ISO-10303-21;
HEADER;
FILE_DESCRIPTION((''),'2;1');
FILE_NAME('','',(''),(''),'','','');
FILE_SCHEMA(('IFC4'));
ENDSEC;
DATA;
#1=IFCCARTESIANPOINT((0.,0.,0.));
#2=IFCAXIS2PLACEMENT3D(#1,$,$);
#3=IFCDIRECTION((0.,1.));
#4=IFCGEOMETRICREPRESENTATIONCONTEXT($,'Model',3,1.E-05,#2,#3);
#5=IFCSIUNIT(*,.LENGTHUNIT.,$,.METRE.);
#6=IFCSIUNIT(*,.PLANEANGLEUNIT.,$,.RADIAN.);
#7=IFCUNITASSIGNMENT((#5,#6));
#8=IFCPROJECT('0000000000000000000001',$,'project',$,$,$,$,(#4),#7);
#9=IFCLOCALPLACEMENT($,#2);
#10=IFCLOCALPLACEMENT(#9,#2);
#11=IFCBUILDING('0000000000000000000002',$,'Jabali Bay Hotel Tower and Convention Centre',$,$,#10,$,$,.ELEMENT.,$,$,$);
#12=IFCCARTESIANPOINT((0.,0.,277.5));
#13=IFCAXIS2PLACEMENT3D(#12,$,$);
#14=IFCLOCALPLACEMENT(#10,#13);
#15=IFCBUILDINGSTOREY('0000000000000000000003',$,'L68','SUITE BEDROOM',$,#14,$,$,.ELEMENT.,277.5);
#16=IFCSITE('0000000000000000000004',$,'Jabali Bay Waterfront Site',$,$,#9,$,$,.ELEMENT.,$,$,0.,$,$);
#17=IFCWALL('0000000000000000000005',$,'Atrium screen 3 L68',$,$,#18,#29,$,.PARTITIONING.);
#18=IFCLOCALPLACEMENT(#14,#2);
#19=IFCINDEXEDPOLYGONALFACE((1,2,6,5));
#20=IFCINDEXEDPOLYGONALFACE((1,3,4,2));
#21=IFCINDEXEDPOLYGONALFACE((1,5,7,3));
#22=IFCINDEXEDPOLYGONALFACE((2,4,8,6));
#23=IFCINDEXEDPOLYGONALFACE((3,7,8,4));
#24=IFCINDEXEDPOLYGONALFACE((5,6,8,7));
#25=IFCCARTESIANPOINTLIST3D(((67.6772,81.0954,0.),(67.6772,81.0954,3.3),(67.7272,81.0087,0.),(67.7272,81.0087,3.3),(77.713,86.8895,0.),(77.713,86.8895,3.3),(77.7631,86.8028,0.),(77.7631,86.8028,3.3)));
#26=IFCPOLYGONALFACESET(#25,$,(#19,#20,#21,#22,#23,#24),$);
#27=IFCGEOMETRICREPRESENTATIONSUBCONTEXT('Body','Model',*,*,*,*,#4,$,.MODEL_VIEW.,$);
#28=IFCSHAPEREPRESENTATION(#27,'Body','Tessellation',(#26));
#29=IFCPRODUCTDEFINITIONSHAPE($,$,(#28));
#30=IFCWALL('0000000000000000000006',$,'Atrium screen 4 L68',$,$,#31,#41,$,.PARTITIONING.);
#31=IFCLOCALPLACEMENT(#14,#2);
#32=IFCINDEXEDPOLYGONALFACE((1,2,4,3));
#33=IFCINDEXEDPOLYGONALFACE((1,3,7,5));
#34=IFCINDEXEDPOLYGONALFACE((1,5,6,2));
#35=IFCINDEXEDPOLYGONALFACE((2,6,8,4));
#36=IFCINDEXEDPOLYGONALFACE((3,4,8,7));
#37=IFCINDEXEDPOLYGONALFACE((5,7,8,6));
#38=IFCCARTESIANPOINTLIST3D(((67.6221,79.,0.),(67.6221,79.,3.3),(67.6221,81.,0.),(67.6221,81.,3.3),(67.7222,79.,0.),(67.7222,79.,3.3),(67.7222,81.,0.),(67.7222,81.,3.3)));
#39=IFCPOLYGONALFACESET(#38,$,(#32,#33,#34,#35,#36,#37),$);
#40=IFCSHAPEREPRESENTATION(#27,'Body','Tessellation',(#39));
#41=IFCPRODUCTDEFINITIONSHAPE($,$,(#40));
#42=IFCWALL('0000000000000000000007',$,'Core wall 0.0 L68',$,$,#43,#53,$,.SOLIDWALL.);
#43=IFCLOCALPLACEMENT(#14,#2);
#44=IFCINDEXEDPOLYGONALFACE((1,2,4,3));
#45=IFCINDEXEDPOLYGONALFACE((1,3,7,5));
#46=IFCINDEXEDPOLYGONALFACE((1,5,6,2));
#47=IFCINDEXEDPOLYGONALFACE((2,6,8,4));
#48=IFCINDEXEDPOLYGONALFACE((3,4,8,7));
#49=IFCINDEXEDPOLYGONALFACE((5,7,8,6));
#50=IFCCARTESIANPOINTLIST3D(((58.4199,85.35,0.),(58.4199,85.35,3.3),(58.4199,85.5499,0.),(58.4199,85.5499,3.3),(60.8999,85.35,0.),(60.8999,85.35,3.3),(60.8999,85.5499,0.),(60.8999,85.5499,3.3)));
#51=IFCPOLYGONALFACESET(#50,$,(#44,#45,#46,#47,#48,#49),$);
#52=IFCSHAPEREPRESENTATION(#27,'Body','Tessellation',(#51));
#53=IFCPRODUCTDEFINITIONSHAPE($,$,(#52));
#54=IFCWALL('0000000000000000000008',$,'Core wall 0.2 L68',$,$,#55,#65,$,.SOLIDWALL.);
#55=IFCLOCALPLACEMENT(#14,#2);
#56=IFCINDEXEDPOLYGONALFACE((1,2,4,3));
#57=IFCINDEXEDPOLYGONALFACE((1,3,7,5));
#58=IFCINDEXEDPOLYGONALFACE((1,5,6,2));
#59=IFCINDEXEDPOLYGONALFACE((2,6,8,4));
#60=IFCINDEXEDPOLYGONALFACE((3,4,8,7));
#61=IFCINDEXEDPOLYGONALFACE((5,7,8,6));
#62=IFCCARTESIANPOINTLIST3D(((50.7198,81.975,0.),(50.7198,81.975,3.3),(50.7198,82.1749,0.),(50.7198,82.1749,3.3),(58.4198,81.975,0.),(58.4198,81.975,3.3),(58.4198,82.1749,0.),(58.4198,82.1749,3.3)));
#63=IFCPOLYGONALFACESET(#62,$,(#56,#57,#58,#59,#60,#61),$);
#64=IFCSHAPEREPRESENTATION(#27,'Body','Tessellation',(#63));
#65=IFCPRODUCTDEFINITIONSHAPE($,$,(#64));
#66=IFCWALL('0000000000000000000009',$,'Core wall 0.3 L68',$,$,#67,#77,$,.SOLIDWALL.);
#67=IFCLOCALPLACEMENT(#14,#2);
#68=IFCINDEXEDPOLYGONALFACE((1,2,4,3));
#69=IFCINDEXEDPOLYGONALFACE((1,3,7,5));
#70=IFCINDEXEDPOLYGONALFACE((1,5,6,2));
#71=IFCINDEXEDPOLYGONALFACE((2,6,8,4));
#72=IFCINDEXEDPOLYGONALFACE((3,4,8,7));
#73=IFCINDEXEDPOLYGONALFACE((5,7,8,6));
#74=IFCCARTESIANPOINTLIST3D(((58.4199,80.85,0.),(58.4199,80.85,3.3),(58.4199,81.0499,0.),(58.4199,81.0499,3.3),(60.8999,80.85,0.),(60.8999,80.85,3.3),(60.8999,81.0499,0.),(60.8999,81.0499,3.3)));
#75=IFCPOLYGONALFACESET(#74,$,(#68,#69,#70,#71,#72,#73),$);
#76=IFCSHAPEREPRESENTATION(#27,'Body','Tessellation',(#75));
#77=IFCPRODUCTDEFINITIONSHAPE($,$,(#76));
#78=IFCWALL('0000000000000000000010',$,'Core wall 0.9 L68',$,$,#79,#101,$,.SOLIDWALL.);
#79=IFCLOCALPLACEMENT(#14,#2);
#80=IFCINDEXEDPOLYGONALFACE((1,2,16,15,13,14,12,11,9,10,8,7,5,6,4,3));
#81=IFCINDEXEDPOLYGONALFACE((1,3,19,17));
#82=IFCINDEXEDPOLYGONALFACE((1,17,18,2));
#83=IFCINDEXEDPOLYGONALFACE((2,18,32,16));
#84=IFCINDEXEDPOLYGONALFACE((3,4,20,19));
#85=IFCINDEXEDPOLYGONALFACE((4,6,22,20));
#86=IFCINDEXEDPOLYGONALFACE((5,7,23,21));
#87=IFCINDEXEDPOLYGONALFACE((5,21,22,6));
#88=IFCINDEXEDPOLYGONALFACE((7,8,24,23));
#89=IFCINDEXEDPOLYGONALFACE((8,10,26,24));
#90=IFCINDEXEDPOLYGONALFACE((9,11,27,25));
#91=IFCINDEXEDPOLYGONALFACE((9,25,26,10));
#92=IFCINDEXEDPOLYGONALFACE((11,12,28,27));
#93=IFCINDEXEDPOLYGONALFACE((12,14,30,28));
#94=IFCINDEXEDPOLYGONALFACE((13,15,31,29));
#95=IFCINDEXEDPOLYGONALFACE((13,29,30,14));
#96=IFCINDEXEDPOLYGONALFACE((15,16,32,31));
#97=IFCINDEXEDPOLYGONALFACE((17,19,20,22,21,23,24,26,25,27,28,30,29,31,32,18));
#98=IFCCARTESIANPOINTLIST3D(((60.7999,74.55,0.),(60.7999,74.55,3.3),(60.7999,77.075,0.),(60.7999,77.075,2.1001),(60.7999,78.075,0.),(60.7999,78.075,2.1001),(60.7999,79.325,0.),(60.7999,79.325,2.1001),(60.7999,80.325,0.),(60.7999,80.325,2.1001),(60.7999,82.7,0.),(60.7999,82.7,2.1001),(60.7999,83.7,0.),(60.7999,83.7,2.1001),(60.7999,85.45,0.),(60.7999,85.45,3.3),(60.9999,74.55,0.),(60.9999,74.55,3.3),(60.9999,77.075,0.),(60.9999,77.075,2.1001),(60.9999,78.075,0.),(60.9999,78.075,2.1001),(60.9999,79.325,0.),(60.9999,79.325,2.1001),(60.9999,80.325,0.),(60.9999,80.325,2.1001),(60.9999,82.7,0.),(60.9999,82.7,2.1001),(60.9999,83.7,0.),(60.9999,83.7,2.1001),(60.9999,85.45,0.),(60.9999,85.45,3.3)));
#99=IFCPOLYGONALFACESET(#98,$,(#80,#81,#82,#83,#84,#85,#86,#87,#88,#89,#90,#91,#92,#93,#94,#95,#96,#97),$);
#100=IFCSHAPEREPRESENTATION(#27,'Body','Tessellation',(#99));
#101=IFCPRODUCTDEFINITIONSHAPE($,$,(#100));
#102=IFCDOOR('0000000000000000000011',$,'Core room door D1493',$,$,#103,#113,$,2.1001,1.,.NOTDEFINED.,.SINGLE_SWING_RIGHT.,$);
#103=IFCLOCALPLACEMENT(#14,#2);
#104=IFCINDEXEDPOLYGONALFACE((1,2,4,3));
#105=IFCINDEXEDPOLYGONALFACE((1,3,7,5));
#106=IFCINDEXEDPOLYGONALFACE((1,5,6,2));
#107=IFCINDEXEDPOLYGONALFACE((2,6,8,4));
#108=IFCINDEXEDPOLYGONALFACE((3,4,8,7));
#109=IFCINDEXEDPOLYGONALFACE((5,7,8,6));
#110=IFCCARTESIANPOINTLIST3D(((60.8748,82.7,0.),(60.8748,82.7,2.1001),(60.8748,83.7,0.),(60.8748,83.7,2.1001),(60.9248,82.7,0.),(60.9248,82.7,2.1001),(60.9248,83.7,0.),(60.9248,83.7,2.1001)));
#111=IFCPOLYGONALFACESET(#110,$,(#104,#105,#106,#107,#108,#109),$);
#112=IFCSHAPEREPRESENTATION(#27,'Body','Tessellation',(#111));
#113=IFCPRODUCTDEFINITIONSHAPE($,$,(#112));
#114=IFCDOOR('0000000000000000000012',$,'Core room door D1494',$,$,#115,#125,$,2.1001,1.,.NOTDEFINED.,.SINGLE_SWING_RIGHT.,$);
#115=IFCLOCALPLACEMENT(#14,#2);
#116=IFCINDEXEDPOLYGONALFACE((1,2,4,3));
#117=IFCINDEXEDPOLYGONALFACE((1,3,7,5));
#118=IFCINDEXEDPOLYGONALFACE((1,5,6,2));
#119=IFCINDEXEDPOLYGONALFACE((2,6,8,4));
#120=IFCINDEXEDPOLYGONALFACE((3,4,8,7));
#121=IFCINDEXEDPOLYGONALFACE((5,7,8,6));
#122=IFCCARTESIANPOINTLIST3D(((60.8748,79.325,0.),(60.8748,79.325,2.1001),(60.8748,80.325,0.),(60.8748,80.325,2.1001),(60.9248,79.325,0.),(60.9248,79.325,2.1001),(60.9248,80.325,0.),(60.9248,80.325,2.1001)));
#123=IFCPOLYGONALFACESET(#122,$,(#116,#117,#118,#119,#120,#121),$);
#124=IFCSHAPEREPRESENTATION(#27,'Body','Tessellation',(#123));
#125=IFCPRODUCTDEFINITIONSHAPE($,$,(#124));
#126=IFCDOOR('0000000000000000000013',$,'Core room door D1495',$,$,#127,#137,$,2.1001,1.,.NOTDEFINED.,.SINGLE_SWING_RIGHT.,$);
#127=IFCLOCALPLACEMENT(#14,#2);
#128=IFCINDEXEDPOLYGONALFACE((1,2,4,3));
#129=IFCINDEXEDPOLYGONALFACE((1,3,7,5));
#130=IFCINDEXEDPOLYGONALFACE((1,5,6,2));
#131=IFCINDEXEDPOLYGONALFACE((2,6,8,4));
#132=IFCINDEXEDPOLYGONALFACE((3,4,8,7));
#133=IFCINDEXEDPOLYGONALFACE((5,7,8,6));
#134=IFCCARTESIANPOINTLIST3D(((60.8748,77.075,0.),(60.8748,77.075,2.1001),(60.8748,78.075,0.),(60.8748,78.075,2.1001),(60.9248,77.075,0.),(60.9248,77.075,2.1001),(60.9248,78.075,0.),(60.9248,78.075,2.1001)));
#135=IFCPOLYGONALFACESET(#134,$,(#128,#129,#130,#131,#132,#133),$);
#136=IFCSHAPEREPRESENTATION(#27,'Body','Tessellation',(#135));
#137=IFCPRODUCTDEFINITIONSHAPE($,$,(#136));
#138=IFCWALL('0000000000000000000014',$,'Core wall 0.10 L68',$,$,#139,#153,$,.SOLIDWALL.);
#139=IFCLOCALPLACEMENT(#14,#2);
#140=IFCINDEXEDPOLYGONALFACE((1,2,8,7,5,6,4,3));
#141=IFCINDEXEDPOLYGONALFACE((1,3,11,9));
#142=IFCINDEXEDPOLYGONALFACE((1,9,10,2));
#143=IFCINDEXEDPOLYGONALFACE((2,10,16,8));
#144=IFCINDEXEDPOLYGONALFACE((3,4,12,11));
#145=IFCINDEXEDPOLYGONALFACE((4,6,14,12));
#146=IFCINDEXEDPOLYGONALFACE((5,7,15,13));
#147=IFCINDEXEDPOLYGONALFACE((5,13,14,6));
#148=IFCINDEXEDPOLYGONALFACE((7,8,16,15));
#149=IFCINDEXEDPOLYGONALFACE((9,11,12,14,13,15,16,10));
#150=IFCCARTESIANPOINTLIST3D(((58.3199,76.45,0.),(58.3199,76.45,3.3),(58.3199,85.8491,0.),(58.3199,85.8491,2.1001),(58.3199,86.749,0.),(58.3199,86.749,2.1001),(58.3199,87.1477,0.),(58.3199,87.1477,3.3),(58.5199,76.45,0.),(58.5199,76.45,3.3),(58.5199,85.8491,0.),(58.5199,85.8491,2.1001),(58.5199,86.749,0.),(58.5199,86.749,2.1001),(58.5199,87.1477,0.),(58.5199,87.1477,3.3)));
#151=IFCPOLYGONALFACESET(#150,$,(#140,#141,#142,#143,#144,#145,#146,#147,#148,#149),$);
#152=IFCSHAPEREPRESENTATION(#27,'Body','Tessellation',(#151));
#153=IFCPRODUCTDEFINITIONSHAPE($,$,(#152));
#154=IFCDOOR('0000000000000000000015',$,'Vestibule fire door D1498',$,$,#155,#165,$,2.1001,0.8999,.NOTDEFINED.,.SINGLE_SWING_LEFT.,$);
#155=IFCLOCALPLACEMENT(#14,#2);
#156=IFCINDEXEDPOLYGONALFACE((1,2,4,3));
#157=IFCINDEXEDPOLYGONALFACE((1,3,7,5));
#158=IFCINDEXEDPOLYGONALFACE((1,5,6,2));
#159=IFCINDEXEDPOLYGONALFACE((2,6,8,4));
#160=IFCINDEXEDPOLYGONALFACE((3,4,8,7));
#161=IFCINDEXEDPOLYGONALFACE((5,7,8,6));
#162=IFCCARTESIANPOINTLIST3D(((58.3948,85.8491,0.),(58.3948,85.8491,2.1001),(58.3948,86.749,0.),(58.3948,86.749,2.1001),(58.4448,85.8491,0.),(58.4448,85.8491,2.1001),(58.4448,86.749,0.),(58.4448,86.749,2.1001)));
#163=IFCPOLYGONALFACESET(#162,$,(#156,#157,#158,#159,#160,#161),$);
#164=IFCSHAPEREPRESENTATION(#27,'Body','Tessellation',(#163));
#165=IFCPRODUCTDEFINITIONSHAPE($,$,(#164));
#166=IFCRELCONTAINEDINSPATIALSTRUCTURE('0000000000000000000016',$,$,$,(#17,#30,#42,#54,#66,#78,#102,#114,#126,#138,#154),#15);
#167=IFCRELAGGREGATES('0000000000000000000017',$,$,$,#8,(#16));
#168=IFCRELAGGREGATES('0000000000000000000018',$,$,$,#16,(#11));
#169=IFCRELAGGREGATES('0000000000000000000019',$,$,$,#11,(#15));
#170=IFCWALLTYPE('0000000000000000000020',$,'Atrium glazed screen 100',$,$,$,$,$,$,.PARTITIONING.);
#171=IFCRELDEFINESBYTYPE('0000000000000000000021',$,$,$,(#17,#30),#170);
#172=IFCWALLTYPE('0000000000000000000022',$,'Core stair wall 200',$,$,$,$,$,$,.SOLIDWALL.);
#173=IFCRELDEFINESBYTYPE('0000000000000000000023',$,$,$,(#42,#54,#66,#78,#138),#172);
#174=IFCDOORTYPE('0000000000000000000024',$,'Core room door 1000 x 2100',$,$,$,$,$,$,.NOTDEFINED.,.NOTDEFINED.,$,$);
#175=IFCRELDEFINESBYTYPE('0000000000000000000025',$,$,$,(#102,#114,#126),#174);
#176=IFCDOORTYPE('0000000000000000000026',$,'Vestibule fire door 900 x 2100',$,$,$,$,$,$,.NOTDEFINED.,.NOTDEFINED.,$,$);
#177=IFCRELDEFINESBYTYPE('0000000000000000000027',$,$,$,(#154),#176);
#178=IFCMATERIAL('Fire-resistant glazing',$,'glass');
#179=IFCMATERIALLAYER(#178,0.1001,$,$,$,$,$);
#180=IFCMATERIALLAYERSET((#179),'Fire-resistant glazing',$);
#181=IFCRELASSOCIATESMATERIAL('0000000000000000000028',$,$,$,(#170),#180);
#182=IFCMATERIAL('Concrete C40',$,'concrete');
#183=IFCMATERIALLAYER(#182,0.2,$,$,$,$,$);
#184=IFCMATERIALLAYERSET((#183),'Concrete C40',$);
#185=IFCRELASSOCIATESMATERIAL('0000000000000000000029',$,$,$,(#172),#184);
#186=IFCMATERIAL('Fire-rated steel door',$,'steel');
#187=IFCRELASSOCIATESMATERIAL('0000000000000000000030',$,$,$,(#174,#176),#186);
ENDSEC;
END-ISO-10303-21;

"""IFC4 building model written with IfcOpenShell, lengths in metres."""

from ifc_helpers import new_model, si_unit, direction, frame, frame_2d, origin, place, context, subcontext, project, spatial, rectangle, extrude, material, layer, layer_set, type_object, element, fill, save


model = new_model("IFC4")

# Units and contexts
model_context = context("Model", 3, precision=1e-05, world=origin(), true_north=direction((0.0, 1.0)))
body_context = subcontext(model_context, "Body", "Model", "MODEL_VIEW")
ifc_project = project(units=[si_unit("LENGTHUNIT", "METRE"), si_unit("PLANEANGLEUNIT", "RADIAN")], contexts=[model_context])

# Site, building, storey
site_placement = place(None, origin())
site = spatial("IfcSite", under=ifc_project, at=site_placement, Name="Jabali Bay Waterfront Site", CompositionType="ELEMENT", RefElevation=0.0)
building_placement = place(site_placement, origin())
building = spatial("IfcBuilding", under=site, at=building_placement, Name="Jabali Bay Hotel Tower and Convention Centre", CompositionType="ELEMENT")
storey_placement = place(building_placement, frame((0.0, 0.0, 277.5)))
storey = spatial("IfcBuildingStorey", under=building, at=storey_placement, Name="L68", Description="SUITE BEDROOM", CompositionType="ELEMENT", Elevation=277.5)

# Walls
ifc_material_1 = material(Name="Fire-resistant glazing", Category="glass")
ifc_layer_1 = layer(ifc_material_1, 0.1001)
ifc_layer_set_1 = layer_set([ifc_layer_1], Name="Fire-resistant glazing")
wall_type_1 = type_object("IfcWallType", Name="Atrium glazed screen 100", PredefinedType="PARTITIONING", material=ifc_layer_set_1)
wall_1_placement = place(storey_placement, frame((77.738, 86.8462, 0.0), z_axis=(0.0, 0.0, 1.0), x_axis=(-0.866027, -0.499998, 0.0)))
element("IfcWall", 1, at=wall_1_placement, inside=storey, type_object=wall_type_1, Name="Atrium screen 3 L68", PredefinedType="PARTITIONING", context=body_context, shape_type="SweptSolid", body=[
    extrude(rectangle(XDim=11.5884, YDim=0.1001, at=frame_2d((5.7942, 0.0))), origin(), (0.0, 0.0, 1.0), 3.3),
])
wall_2_placement = place(storey_placement, frame((67.6721, 81.0, 0.0), z_axis=(0.0, 0.0, 1.0), x_axis=(0.0, -1.0, 0.0)))
element("IfcWall", 2, at=wall_2_placement, inside=storey, type_object=wall_type_1, Name="Atrium screen 4 L68", PredefinedType="PARTITIONING", context=body_context, shape_type="SweptSolid", body=[
    extrude(rectangle(XDim=2.0, YDim=0.1001, at=frame_2d((1.0, 0.0))), origin(), (0.0, 0.0, 1.0), 3.3),
])
ifc_material_2 = material(Name="Concrete C40", Category="concrete")
ifc_layer_2 = layer(ifc_material_2, 0.2)
ifc_layer_set_2 = layer_set([ifc_layer_2], Name="Concrete C40")
wall_type_2 = type_object("IfcWallType", Name="Core stair wall 200", PredefinedType="SOLIDWALL", material=ifc_layer_set_2)
wall_3_placement = place(storey_placement, frame((60.8999, 85.45, 0.0), z_axis=(0.0, 0.0, 1.0), x_axis=(-1.0, 0.0, 0.0)))
element("IfcWall", 3, at=wall_3_placement, inside=storey, type_object=wall_type_2, Name="Core wall 0.0 L68", PredefinedType="SOLIDWALL", context=body_context, shape_type="SweptSolid", body=[
    extrude(rectangle(XDim=2.48, YDim=0.2, at=frame_2d((1.24, 0.0))), origin(), (0.0, 0.0, 1.0), 3.3),
])
wall_4_placement = place(storey_placement, frame((58.4199, 82.075, 0.0), z_axis=(0.0, 0.0, 1.0), x_axis=(-1.0, 0.0, 0.0)))
element("IfcWall", 4, at=wall_4_placement, inside=storey, type_object=wall_type_2, Name="Core wall 0.2 L68", PredefinedType="SOLIDWALL", context=body_context, shape_type="SweptSolid", body=[
    extrude(rectangle(XDim=7.7, YDim=0.2, at=frame_2d((3.8501, 0.0))), origin(), (0.0, 0.0, 1.0), 3.3),
])
wall_5_placement = place(storey_placement, frame((60.8999, 80.95, 0.0), z_axis=(0.0, 0.0, 1.0), x_axis=(-1.0, 0.0, 0.0)))
element("IfcWall", 5, at=wall_5_placement, inside=storey, type_object=wall_type_2, Name="Core wall 0.3 L68", PredefinedType="SOLIDWALL", context=body_context, shape_type="SweptSolid", body=[
    extrude(rectangle(XDim=2.48, YDim=0.2, at=frame_2d((1.24, 0.0))), origin(), (0.0, 0.0, 1.0), 3.3),
])

# Wall, openings, doors
wall_6_placement = place(storey_placement, frame((60.8999, 85.45, 0.0), z_axis=(0.0, 0.0, 1.0), x_axis=(0.0, -1.0, 0.0)))
wall_6 = element("IfcWall", 6, at=wall_6_placement, inside=storey, type_object=wall_type_2, Name="Core wall 0.9 L68", PredefinedType="SOLIDWALL", context=body_context, shape_type="SweptSolid", body=[
    extrude(rectangle(XDim=10.8999, YDim=0.2, at=frame_2d((5.45, 0.0))), origin(), (0.0, 0.0, 1.0), 3.3),
])
opening_1_placement = place(wall_6_placement, frame((1.75, 0.0, 0.0)))
opening_1 = element("IfcOpeningElement", 7, at=opening_1_placement, cuts=wall_6, PredefinedType="OPENING", context=body_context, shape_type="SweptSolid", body=[
    extrude(rectangle(XDim=1.0, YDim=2.1001, at=frame_2d((0.5, 1.05))), frame((0.0, 0.1104, 0.0), z_axis=(0.0, -1.0, 0.0), x_axis=(1.0, 0.0, 0.0)), (0.0, 0.0, 1.0), 0.2209),
])
opening_2_placement = place(wall_6_placement, frame((5.125, 0.0, 0.0)))
opening_2 = element("IfcOpeningElement", 8, at=opening_2_placement, cuts=wall_6, PredefinedType="OPENING", context=body_context, shape_type="SweptSolid", body=[
    extrude(rectangle(XDim=1.0, YDim=2.1001, at=frame_2d((0.5, 1.05))), frame((0.0, 0.1104, 0.0), z_axis=(0.0, -1.0, 0.0), x_axis=(1.0, 0.0, 0.0)), (0.0, 0.0, 1.0), 0.2209),
])
opening_3_placement = place(wall_6_placement, frame((7.375, 0.0, 0.0)))
opening_3 = element("IfcOpeningElement", 9, at=opening_3_placement, cuts=wall_6, PredefinedType="OPENING", context=body_context, shape_type="SweptSolid", body=[
    extrude(rectangle(XDim=1.0, YDim=2.1001, at=frame_2d((0.5, 1.05))), frame((0.0, 0.1104, 0.0), z_axis=(0.0, -1.0, 0.0), x_axis=(1.0, 0.0, 0.0)), (0.0, 0.0, 1.0), 0.2209),
])
ifc_material_3 = material(Name="Fire-rated steel door", Category="steel")
door_type_1 = type_object("IfcDoorType", Name="Core room door 1000 x 2100", OperationType="NOTDEFINED", PredefinedType="NOTDEFINED", material=ifc_material_3)
door_1_placement = place(opening_1_placement, origin())
door_1 = element("IfcDoor", 10, at=door_1_placement, inside=storey, type_object=door_type_1, Name="Core room door D1493", OperationType="SINGLE_SWING_RIGHT", OverallHeight=2.1001, OverallWidth=1.0, PredefinedType="NOTDEFINED", context=body_context, shape_type="SweptSolid", body=[
    extrude(rectangle(XDim=1.0, YDim=2.1001, at=frame_2d((0.5, 1.05))), frame((0.0, 0.0249, 0.0), z_axis=(0.0, -1.0, 0.0), x_axis=(1.0, 0.0, 0.0)), (0.0, 0.0, 1.0), 0.05),
])
fill(opening_1, door_1)
door_2_placement = place(opening_2_placement, origin())
door_2 = element("IfcDoor", 11, at=door_2_placement, inside=storey, type_object=door_type_1, Name="Core room door D1494", OperationType="SINGLE_SWING_RIGHT", OverallHeight=2.1001, OverallWidth=1.0, PredefinedType="NOTDEFINED", context=body_context, shape_type="SweptSolid", body=[
    extrude(rectangle(XDim=1.0, YDim=2.1001, at=frame_2d((0.5, 1.05))), frame((0.0, 0.0249, 0.0), z_axis=(0.0, -1.0, 0.0), x_axis=(1.0, 0.0, 0.0)), (0.0, 0.0, 1.0), 0.05),
])
fill(opening_2, door_2)
door_3_placement = place(opening_3_placement, origin())
door_3 = element("IfcDoor", 12, at=door_3_placement, inside=storey, type_object=door_type_1, Name="Core room door D1495", OperationType="SINGLE_SWING_RIGHT", OverallHeight=2.1001, OverallWidth=1.0, PredefinedType="NOTDEFINED", context=body_context, shape_type="SweptSolid", body=[
    extrude(rectangle(XDim=1.0, YDim=2.1001, at=frame_2d((0.5, 1.05))), frame((0.0, 0.0249, 0.0), z_axis=(0.0, -1.0, 0.0), x_axis=(1.0, 0.0, 0.0)), (0.0, 0.0, 1.0), 0.05),
])
fill(opening_3, door_3)

# Wall, opening, door
wall_7_placement = place(storey_placement, frame((58.4199, 87.1477, 0.0), z_axis=(0.0, 0.0, 1.0), x_axis=(0.0, -1.0, 0.0)))
wall_7 = element("IfcWall", 13, at=wall_7_placement, inside=storey, type_object=wall_type_2, Name="Core wall 0.10 L68", PredefinedType="SOLIDWALL", context=body_context, shape_type="SweptSolid", body=[
    extrude(rectangle(XDim=10.6978, YDim=0.2, at=frame_2d((5.3489, 0.0))), origin(), (0.0, 0.0, 1.0), 3.3),
])
opening_4_placement = place(wall_7_placement, frame((0.3987, 0.0, 0.0)))
opening_4 = element("IfcOpeningElement", 14, at=opening_4_placement, cuts=wall_7, PredefinedType="OPENING", context=body_context, shape_type="SweptSolid", body=[
    extrude(rectangle(XDim=0.8999, YDim=2.1001, at=frame_2d((0.45, 1.05))), frame((0.0, 0.1104, 0.0), z_axis=(0.0, -1.0, 0.0), x_axis=(1.0, 0.0, 0.0)), (0.0, 0.0, 1.0), 0.2209),
])
door_type_2 = type_object("IfcDoorType", Name="Vestibule fire door 900 x 2100", OperationType="NOTDEFINED", PredefinedType="NOTDEFINED", material=ifc_material_3)
door_4_placement = place(opening_4_placement, origin())
door_4 = element("IfcDoor", 15, at=door_4_placement, inside=storey, type_object=door_type_2, Name="Vestibule fire door D1498", OperationType="SINGLE_SWING_LEFT", OverallHeight=2.1001, OverallWidth=0.8999, PredefinedType="NOTDEFINED", context=body_context, shape_type="SweptSolid", body=[
    extrude(rectangle(XDim=0.8999, YDim=2.1001, at=frame_2d((0.45, 1.05))), frame((0.0, 0.0249, 0.0), z_axis=(0.0, -1.0, 0.0), x_axis=(1.0, 0.0, 0.0)), (0.0, 0.0, 1.0), 0.05),
])
fill(opening_4, door_4)

save(model, "model.ifc")
